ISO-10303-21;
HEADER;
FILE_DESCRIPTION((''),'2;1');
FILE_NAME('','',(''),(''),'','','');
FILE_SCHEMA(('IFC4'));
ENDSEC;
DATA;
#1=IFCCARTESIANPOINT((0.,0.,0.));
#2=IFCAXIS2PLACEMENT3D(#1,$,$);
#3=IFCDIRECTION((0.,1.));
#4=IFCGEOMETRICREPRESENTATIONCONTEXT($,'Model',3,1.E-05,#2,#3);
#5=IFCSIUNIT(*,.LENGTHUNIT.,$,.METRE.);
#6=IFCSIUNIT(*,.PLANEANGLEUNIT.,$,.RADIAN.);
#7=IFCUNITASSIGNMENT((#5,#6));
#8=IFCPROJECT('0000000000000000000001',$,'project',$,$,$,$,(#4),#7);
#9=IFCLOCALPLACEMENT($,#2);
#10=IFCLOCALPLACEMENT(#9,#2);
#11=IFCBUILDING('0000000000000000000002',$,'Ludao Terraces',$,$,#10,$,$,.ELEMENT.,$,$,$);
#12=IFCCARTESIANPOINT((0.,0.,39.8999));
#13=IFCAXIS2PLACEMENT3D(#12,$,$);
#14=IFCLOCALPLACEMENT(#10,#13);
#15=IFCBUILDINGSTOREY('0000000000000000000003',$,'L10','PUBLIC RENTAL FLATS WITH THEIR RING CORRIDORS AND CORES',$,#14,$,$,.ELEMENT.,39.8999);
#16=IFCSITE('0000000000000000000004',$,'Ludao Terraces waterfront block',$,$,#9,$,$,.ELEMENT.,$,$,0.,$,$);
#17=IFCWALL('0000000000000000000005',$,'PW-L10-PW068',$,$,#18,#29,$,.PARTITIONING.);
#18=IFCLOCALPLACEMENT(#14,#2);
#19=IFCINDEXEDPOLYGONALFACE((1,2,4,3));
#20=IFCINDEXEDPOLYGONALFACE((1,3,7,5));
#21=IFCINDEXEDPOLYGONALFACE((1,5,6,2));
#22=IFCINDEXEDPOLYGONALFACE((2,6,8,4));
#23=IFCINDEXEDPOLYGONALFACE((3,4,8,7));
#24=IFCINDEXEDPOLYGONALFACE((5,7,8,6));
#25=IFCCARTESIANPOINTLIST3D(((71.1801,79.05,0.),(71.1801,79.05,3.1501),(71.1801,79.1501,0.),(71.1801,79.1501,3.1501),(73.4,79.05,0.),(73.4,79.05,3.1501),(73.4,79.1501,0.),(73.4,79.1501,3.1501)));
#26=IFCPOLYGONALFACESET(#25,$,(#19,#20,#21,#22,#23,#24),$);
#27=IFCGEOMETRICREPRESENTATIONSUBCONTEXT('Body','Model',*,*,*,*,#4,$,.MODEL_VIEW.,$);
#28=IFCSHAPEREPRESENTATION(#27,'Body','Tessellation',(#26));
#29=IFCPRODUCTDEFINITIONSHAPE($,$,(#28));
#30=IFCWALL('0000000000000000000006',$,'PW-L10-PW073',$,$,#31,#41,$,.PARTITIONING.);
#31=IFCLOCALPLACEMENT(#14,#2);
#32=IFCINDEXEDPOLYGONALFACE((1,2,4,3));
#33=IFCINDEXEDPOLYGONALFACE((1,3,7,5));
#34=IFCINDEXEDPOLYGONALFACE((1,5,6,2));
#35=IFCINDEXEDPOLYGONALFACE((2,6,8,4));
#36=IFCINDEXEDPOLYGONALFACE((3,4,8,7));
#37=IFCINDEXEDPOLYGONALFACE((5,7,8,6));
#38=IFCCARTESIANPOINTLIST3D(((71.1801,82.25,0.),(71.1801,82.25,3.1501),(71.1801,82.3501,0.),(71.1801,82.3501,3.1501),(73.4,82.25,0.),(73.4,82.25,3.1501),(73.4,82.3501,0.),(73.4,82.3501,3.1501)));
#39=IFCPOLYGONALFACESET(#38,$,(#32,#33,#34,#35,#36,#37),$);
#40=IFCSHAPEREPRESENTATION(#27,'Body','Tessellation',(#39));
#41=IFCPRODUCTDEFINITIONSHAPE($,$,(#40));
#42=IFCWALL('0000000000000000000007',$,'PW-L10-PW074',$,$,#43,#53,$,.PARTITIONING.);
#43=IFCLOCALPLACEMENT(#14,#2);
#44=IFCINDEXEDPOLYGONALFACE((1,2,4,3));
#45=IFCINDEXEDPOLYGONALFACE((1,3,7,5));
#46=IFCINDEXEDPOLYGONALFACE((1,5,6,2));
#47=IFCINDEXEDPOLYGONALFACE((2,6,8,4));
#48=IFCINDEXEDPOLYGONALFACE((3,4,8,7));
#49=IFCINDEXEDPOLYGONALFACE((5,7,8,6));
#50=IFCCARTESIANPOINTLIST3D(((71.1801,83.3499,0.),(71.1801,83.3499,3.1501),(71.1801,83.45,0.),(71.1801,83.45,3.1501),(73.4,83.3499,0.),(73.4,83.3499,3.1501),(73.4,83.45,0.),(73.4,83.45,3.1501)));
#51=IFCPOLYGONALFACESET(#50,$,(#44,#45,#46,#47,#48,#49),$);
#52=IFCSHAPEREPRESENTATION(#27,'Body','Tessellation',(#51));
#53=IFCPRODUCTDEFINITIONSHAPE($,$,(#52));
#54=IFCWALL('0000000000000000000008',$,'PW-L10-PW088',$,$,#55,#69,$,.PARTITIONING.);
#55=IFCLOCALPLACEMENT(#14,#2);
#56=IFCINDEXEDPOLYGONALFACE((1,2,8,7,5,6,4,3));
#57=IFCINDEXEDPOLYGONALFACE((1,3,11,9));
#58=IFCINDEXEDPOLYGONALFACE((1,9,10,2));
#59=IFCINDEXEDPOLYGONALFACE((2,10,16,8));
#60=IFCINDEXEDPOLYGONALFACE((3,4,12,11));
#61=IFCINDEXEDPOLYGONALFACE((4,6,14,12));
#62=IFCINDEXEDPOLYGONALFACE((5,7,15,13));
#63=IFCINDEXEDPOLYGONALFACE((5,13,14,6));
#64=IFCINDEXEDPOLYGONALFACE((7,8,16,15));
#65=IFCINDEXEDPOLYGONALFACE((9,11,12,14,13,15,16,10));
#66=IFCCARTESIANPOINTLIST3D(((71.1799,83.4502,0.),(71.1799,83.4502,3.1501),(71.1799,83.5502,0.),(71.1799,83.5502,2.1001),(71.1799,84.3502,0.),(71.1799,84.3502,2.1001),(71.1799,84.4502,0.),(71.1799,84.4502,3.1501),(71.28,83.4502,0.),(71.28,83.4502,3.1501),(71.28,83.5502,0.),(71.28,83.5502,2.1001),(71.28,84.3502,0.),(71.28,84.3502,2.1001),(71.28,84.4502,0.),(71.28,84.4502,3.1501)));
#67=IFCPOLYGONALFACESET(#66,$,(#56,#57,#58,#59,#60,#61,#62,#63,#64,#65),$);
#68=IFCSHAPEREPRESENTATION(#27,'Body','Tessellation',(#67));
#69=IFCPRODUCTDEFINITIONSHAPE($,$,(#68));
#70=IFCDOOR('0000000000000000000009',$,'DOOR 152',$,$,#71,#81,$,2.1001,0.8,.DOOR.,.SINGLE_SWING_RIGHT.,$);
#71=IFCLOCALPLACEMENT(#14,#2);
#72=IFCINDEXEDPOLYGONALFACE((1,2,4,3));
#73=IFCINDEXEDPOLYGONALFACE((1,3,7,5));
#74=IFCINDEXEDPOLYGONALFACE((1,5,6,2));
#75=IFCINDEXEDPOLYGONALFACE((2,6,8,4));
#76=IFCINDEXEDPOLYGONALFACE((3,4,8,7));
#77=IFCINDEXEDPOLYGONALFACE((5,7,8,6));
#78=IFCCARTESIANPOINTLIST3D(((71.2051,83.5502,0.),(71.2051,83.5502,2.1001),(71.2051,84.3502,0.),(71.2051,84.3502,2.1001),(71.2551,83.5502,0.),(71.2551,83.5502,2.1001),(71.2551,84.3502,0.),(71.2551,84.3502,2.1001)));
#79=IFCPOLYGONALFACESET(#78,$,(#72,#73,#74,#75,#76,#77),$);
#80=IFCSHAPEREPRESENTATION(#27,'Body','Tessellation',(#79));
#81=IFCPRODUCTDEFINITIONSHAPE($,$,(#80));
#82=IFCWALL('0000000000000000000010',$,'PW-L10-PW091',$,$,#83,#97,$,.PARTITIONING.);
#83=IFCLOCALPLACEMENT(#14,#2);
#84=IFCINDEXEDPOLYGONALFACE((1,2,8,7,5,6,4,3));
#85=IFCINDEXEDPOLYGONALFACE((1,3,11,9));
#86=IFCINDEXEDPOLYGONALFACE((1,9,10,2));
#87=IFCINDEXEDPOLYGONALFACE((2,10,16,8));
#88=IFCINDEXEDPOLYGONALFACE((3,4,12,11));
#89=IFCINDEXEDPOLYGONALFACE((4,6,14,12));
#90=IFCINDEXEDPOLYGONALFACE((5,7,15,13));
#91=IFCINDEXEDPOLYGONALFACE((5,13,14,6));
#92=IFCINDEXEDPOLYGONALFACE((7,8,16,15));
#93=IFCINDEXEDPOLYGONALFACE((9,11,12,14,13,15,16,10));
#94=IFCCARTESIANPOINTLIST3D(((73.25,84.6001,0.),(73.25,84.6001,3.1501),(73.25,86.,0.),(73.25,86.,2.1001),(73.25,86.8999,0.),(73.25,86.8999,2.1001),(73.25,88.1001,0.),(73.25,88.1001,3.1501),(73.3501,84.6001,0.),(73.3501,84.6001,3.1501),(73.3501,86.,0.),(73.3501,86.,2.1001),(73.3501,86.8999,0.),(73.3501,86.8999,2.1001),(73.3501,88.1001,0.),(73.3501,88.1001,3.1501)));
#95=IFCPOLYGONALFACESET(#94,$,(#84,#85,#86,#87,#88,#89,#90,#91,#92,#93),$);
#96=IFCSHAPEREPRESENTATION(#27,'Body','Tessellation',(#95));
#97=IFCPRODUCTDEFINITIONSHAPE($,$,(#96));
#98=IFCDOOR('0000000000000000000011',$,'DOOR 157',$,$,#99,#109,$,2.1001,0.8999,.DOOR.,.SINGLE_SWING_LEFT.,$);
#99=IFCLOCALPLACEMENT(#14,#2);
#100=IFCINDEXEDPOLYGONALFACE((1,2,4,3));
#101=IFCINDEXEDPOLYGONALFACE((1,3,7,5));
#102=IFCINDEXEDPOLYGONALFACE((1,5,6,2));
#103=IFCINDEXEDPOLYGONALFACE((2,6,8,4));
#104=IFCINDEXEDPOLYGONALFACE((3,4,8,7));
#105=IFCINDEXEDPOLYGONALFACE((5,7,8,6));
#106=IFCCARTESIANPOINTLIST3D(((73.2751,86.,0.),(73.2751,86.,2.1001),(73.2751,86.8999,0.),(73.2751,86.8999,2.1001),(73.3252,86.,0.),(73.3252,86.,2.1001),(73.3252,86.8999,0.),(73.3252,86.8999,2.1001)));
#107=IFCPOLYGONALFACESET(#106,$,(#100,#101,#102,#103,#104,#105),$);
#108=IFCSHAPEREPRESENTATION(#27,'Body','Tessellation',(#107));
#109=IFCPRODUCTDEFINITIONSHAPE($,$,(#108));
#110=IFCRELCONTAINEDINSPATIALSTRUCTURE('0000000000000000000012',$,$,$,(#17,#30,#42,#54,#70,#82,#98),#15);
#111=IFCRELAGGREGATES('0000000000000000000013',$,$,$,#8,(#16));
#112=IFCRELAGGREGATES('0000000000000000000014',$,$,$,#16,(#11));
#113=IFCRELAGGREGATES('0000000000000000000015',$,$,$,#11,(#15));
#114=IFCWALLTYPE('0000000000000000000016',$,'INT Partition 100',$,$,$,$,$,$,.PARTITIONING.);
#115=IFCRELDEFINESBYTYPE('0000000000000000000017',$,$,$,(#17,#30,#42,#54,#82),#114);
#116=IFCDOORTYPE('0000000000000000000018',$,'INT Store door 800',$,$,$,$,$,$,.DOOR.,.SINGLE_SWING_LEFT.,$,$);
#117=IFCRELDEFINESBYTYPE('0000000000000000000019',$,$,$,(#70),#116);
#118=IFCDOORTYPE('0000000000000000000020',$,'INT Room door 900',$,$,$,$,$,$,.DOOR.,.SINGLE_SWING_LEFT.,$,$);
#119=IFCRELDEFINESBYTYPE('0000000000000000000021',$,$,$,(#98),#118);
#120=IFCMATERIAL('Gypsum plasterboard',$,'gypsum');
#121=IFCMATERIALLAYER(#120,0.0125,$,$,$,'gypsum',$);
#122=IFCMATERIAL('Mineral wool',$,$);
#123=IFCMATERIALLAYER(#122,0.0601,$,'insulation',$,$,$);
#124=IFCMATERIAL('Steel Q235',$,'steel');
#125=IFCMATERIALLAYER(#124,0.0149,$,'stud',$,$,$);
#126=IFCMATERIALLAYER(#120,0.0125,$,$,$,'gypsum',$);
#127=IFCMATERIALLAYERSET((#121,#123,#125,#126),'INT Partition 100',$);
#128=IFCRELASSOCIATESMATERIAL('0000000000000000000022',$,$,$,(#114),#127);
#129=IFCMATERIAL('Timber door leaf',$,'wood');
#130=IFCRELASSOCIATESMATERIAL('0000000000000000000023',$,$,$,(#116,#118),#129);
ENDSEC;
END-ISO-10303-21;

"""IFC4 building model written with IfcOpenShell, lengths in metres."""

from ifc_helpers import new_model, si_unit, direction, frame, frame_2d, origin, place, context, subcontext, project, spatial, rectangle, extrude, material, layer, layer_set, type_object, element, fill, save


model = new_model("IFC4")

# Units and contexts
model_context = context("Model", 3, precision=1e-05, world=origin(), true_north=direction((0.0, 1.0)))
body_context = subcontext(model_context, "Body", "Model", "MODEL_VIEW")
ifc_project = project(units=[si_unit("LENGTHUNIT", "METRE"), si_unit("PLANEANGLEUNIT", "RADIAN")], contexts=[model_context])

# Site, building, storey
site_placement = place(None, origin())
site = spatial("IfcSite", under=ifc_project, at=site_placement, Name="Ludao Terraces waterfront block", CompositionType="ELEMENT", RefElevation=0.0)
building_placement = place(site_placement, origin())
building = spatial("IfcBuilding", under=site, at=building_placement, Name="Ludao Terraces", CompositionType="ELEMENT")
storey_placement = place(building_placement, frame((0.0, 0.0, 39.8999)))
storey = spatial("IfcBuildingStorey", under=building, at=storey_placement, Name="L10", Description="PUBLIC RENTAL FLATS WITH THEIR RING CORRIDORS AND CORES", CompositionType="ELEMENT", Elevation=39.8999)

# Shared definitions
ifc_material_1 = material(Name="Mineral wool")

# Walls
ifc_material_2 = material(Name="Gypsum plasterboard", Category="gypsum")
ifc_layer_1 = layer(ifc_material_2, 0.0125, Category="gypsum")
ifc_layer_2 = layer(ifc_material_1, 0.0601, Name="insulation")
ifc_material_3 = material(Name="Steel Q235", Category="steel")
ifc_layer_3 = layer(ifc_material_3, 0.0149, Name="stud")
ifc_layer_4 = layer(ifc_material_2, 0.0125, Category="gypsum")
ifc_layer_set_1 = layer_set([ifc_layer_1, ifc_layer_2, ifc_layer_3, ifc_layer_4], Name="INT Partition 100")
wall_type_1 = type_object("IfcWallType", Name="INT Partition 100", PredefinedType="PARTITIONING", material=ifc_layer_set_1)
for number, where, z_axis, x_axis, name in (
    (1, (71.1802, 79.1001, 0.0), (0.0, 0.0, 1.0), (1.0, 0.0, 0.0), "PW-L10-PW068"),
    (2, (71.1802, 82.3, 0.0), (0.0, 0.0, 1.0), (1.0, 0.0, 0.0), "PW-L10-PW073"),
    (3, (71.1802, 83.3999, 0.0), (0.0, 0.0, 1.0), (1.0, 0.0, 0.0), "PW-L10-PW074"),
):
    element("IfcWall", number, at=place(storey_placement, frame(where, z_axis=z_axis, x_axis=x_axis)), inside=storey, type_object=wall_type_1, Name=name, PredefinedType="PARTITIONING", context=body_context, shape_type="SweptSolid", body=[
        extrude(rectangle(XDim=2.22, YDim=0.1001, at=frame_2d((1.1099, 0.0))), origin(), (0.0, 0.0, 1.0), 3.1501),
    ])

# Walls, openings, doors
wall_1_placement = place(storey_placement, frame((71.23, 83.4502, 0.0), z_axis=(0.0, 0.0, 1.0), x_axis=(0.0, 1.0, 0.0)))
wall_1 = element("IfcWall", 4, at=wall_1_placement, inside=storey, type_object=wall_type_1, Name="PW-L10-PW088", PredefinedType="PARTITIONING", context=body_context, shape_type="SweptSolid", body=[
    extrude(rectangle(XDim=1.0, YDim=0.1001, at=frame_2d((0.5, 0.0))), origin(), (0.0, 0.0, 1.0), 3.1501),
])
opening_1_placement = place(wall_1_placement, frame((0.1001, 0.0, 0.0)))
opening_1 = element("IfcOpeningElement", 5, at=opening_1_placement, cuts=wall_1, PredefinedType="OPENING", context=body_context, shape_type="SweptSolid", body=[
    extrude(rectangle(XDim=0.8, YDim=2.1001, at=frame_2d((0.3999, 1.05))), frame((0.0, 0.0601, 0.0), z_axis=(0.0, -1.0, 0.0), x_axis=(1.0, 0.0, 0.0)), (0.0, 0.0, 1.0), 0.1201),
])
ifc_material_4 = material(Name="Timber door leaf", Category="wood")
door_type_1 = type_object("IfcDoorType", Name="INT Store door 800", OperationType="SINGLE_SWING_LEFT", PredefinedType="DOOR", material=ifc_material_4)
door_1_placement = place(opening_1_placement, origin())
door_1 = element("IfcDoor", 6, at=door_1_placement, inside=storey, type_object=door_type_1, Name="DOOR 152", OperationType="SINGLE_SWING_RIGHT", OverallHeight=2.1001, OverallWidth=0.8, PredefinedType="DOOR", context=body_context, shape_type="SweptSolid", body=[
    extrude(rectangle(XDim=0.8, YDim=2.1001, at=frame_2d((0.3999, 1.05))), frame((0.0, 0.0249, 0.0), z_axis=(0.0, -1.0, 0.0), x_axis=(1.0, 0.0, 0.0)), (0.0, 0.0, 1.0), 0.05),
])
fill(opening_1, door_1)
wall_2_placement = place(storey_placement, frame((73.3, 84.6001, 0.0), z_axis=(0.0, 0.0, 1.0), x_axis=(0.0, 1.0, 0.0)))
wall_2 = element("IfcWall", 7, at=wall_2_placement, inside=storey, type_object=wall_type_1, Name="PW-L10-PW091", PredefinedType="PARTITIONING", context=body_context, shape_type="SweptSolid", body=[
    extrude(rectangle(XDim=3.5, YDim=0.1001, at=frame_2d((1.75, 0.0))), origin(), (0.0, 0.0, 1.0), 3.1501),
])
opening_2_placement = place(wall_2_placement, frame((1.3999, 0.0, 0.0)))
opening_2 = element("IfcOpeningElement", 8, at=opening_2_placement, cuts=wall_2, PredefinedType="OPENING", context=body_context, shape_type="SweptSolid", body=[
    extrude(rectangle(XDim=0.8999, YDim=2.1001, at=frame_2d((0.45, 1.05))), frame((0.0, 0.0601, 0.0), z_axis=(0.0, -1.0, 0.0), x_axis=(1.0, 0.0, 0.0)), (0.0, 0.0, 1.0), 0.1201),
])
door_type_2 = type_object("IfcDoorType", Name="INT Room door 900", OperationType="SINGLE_SWING_LEFT", PredefinedType="DOOR", material=ifc_material_4)
door_2_placement = place(opening_2_placement, origin())
door_2 = element("IfcDoor", 9, at=door_2_placement, inside=storey, type_object=door_type_2, Name="DOOR 157", OperationType="SINGLE_SWING_LEFT", OverallHeight=2.1001, OverallWidth=0.8999, PredefinedType="DOOR", context=body_context, shape_type="SweptSolid", body=[
    extrude(rectangle(XDim=0.8999, YDim=2.1001, at=frame_2d((0.45, 1.05))), frame((0.0, 0.0249, 0.0), z_axis=(0.0, -1.0, 0.0), x_axis=(1.0, 0.0, 0.0)), (0.0, 0.0, 1.0), 0.05),
])
fill(opening_2, door_2)

save(model, "model.ifc")
